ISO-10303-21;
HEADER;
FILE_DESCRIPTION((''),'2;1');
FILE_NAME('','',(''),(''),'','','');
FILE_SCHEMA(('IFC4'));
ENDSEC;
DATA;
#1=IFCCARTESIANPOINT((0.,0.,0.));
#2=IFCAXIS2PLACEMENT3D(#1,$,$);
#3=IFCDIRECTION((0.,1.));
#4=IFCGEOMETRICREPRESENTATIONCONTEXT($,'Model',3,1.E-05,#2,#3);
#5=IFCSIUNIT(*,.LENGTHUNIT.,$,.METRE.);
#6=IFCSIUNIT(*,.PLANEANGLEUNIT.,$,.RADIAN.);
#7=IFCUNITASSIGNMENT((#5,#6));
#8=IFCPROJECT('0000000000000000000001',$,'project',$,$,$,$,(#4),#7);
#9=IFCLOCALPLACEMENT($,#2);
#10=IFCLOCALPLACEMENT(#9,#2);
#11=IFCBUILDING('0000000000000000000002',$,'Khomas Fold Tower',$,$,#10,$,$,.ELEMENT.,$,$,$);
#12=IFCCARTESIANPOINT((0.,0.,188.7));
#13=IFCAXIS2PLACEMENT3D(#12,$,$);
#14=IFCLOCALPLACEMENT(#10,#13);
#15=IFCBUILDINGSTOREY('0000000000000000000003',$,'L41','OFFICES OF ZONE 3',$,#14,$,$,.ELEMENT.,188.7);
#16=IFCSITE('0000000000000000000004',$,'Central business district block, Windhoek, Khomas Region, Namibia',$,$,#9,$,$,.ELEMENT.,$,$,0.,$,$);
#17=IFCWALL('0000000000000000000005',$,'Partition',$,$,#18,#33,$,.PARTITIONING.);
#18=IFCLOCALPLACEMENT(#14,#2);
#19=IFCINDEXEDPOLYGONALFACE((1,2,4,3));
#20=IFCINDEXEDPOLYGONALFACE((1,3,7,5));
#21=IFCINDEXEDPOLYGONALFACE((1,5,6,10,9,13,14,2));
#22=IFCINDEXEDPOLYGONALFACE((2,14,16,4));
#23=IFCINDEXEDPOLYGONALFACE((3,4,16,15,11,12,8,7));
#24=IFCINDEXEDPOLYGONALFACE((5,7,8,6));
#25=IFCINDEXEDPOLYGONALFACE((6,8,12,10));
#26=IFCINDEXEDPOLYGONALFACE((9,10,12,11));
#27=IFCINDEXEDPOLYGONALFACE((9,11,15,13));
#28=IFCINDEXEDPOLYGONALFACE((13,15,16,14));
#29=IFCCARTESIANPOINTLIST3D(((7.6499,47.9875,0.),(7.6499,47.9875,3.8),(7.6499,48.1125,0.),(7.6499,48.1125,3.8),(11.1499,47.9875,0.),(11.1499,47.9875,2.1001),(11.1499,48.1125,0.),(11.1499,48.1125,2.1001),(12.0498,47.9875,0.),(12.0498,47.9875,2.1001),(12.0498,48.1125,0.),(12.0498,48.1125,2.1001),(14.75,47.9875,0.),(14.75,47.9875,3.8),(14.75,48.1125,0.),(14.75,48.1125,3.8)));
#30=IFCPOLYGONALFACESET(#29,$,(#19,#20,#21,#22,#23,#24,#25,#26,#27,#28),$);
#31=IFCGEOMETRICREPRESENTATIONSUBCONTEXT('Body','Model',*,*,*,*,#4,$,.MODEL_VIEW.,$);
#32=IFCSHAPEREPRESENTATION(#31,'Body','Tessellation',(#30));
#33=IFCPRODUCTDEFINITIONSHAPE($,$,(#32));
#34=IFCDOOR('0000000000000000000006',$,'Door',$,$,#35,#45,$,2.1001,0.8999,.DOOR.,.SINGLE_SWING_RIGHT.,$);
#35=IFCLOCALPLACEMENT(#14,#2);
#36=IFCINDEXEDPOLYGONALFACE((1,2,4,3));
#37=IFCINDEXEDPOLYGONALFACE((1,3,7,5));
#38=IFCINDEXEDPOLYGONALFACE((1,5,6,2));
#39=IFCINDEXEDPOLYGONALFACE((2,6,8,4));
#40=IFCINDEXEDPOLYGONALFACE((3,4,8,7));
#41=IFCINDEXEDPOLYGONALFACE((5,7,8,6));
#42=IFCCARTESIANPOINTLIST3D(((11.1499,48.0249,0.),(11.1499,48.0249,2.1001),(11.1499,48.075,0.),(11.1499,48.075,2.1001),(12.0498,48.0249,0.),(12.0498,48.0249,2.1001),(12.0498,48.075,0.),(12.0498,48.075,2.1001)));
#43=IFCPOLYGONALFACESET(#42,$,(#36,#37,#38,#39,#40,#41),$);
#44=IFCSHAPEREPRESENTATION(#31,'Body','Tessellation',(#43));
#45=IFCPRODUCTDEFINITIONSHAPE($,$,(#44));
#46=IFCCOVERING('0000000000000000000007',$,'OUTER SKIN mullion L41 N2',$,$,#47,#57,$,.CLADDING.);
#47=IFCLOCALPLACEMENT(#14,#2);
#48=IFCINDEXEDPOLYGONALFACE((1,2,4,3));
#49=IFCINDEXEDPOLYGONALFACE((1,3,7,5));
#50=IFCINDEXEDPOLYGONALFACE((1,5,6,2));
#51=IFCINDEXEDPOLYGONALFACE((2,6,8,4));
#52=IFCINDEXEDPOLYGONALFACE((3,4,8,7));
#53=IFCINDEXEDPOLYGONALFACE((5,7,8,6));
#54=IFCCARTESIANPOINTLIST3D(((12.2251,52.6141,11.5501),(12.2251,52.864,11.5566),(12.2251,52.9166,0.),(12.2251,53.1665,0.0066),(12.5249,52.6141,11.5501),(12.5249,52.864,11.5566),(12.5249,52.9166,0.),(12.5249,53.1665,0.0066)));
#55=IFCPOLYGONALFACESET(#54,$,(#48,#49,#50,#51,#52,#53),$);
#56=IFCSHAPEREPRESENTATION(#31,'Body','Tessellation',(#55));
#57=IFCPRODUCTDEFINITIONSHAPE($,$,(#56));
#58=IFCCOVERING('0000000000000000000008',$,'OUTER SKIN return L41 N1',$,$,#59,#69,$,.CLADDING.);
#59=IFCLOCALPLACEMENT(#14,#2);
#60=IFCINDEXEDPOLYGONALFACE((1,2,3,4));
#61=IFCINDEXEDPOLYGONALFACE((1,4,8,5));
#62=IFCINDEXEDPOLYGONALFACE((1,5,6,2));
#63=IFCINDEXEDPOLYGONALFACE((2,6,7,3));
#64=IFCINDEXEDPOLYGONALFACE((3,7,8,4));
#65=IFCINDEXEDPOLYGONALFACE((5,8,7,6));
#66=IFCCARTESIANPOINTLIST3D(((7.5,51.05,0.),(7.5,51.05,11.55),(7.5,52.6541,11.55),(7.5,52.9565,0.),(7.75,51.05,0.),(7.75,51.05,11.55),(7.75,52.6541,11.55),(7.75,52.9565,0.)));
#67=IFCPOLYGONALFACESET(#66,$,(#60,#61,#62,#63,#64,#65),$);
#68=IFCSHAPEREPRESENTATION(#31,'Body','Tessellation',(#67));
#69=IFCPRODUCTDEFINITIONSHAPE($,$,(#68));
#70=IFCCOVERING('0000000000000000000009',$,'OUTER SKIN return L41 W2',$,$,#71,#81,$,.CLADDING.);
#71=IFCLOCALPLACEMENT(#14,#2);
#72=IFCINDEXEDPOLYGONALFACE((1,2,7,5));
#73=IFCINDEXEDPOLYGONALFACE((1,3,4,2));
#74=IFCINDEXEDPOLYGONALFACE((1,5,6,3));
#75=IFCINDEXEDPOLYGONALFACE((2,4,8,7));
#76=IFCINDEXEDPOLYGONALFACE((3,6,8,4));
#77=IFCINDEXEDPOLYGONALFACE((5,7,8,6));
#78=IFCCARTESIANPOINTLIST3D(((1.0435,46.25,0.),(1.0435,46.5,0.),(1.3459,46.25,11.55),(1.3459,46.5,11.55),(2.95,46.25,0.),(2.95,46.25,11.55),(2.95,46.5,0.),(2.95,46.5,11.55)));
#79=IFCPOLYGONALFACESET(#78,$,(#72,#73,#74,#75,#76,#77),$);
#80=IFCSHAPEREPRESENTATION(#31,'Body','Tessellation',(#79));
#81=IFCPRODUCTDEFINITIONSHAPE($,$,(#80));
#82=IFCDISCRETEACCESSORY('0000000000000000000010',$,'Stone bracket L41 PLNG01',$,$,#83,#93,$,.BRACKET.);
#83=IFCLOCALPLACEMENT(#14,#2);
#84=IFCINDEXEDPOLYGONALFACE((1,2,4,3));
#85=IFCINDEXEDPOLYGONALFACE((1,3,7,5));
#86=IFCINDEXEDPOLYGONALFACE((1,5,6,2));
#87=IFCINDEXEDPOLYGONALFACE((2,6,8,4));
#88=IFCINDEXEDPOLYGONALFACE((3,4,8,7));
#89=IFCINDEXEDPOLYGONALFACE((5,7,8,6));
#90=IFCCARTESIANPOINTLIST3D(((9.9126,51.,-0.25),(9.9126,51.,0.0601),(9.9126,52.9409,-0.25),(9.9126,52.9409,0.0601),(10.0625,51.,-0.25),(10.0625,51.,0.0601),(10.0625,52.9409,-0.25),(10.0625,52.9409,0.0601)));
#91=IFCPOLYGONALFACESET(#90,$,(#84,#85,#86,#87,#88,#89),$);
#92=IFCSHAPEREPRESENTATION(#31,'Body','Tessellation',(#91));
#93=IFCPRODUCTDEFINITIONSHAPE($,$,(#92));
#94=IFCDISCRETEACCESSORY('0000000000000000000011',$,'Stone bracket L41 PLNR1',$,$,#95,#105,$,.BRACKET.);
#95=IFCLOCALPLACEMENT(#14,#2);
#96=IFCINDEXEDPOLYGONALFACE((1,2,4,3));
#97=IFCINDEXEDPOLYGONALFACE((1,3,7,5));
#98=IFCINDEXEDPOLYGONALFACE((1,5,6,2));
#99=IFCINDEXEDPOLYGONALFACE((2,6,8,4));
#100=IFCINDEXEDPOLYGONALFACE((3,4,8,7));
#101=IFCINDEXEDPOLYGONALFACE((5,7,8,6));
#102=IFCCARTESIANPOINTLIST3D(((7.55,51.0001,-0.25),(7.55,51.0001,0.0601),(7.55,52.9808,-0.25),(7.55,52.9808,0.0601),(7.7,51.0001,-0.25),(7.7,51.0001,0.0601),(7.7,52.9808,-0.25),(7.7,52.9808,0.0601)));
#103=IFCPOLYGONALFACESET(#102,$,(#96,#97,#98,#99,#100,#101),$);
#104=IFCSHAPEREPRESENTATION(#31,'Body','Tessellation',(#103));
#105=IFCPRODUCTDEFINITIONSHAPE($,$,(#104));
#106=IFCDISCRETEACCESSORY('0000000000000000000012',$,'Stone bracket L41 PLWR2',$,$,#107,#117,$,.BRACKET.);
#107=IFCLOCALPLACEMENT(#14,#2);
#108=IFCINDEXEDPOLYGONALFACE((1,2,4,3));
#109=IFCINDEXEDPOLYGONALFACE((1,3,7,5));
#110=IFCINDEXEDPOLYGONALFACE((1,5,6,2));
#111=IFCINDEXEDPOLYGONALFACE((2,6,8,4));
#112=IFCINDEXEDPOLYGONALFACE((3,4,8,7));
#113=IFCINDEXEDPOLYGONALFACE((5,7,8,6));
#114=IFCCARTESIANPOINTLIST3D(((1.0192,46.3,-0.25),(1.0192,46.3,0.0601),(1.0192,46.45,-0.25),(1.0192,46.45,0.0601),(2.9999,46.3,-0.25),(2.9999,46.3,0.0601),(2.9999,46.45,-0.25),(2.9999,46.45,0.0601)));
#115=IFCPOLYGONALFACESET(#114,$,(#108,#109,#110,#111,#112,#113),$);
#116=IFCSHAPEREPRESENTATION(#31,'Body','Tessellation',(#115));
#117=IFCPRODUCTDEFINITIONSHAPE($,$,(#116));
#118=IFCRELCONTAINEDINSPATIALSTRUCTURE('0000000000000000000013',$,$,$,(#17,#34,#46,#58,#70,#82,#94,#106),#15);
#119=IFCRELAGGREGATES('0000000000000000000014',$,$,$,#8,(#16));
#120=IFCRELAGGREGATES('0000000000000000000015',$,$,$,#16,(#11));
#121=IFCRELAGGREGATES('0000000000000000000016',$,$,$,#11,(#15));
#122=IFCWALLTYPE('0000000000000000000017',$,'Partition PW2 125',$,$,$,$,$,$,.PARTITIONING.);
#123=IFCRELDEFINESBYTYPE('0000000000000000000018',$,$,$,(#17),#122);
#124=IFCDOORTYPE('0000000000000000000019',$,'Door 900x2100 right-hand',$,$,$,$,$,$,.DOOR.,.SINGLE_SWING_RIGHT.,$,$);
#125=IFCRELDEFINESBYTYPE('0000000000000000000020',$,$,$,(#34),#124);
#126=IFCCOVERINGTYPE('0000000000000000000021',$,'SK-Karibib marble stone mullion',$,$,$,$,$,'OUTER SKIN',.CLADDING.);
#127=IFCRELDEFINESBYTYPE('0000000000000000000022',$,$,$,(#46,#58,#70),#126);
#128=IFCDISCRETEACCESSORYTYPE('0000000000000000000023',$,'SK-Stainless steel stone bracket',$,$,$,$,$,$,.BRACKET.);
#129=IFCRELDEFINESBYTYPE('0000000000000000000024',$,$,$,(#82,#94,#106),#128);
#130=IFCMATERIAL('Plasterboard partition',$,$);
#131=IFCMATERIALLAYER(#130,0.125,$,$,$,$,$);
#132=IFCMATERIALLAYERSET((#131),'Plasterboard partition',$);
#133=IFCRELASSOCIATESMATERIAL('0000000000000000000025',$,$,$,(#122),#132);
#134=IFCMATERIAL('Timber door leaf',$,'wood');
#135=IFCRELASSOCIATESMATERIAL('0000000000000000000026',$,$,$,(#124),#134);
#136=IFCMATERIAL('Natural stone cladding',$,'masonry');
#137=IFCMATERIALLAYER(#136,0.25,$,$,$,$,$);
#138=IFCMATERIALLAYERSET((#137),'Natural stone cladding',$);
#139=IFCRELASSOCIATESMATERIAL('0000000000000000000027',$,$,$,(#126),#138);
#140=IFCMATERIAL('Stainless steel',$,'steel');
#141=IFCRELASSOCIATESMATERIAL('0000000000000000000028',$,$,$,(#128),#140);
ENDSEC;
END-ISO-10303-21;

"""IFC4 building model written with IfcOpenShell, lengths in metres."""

from ifc_helpers import new_model, si_unit, direction, frame, frame_2d, origin, origin_2d, place, context, subcontext, project, spatial, polyline, rectangle, outline, extrude, source, transform, mapped, material, layer, layer_set, type_object, element, fill, save


model = new_model("IFC4")

# Units and contexts
model_context = context("Model", 3, precision=1e-05, world=origin(), true_north=direction((0.0, 1.0)))
body_context = subcontext(model_context, "Body", "Model", "MODEL_VIEW")
ifc_project = project(units=[si_unit("LENGTHUNIT", "METRE"), si_unit("PLANEANGLEUNIT", "RADIAN")], contexts=[model_context])

# Site, building, storey
site_placement = place(None, origin())
site = spatial("IfcSite", under=ifc_project, at=site_placement, Name="Central business district block, Windhoek, Khomas Region, Namibia", CompositionType="ELEMENT", RefElevation=0.0)
building_placement = place(site_placement, origin())
building = spatial("IfcBuilding", under=site, at=building_placement, Name="Khomas Fold Tower", CompositionType="ELEMENT")
storey_placement = place(building_placement, frame((0.0, 0.0, 188.7)))
storey = spatial("IfcBuildingStorey", under=building, at=storey_placement, Name="L41", Description="OFFICES OF ZONE 3", CompositionType="ELEMENT", Elevation=188.7)

# Wall, opening, door
ifc_material_1 = material(Name="Plasterboard partition")
ifc_layer_1 = layer(ifc_material_1, 0.125)
ifc_layer_set_1 = layer_set([ifc_layer_1], Name="Plasterboard partition")
wall_type = type_object("IfcWallType", Name="Partition PW2 125", PredefinedType="PARTITIONING", material=ifc_layer_set_1)
shared_shape_1 = source(origin(), body_context, "Body", "SweptSolid", [
    extrude(rectangle(XDim=7.1001, YDim=0.125, at=frame_2d((3.55, 0.0))), origin(), (0.0, 0.0, 1.0), 3.8),
])
wall_placement = place(storey_placement, frame((7.6499, 48.05, 0.0), z_axis=(0.0, 0.0, 1.0), x_axis=(1.0, 0.0, 0.0)))
wall = element("IfcWall", 1, at=wall_placement, inside=storey, type_object=wall_type, Name="Partition", PredefinedType="PARTITIONING", context=body_context, shape_type="MappedRepresentation", body=[
    mapped(shared_shape_1, transform((0.0, 0.0, 0.0))),
])
shared_shape_2 = source(origin(), body_context, "Body", "SweptSolid", [
    extrude(rectangle(XDim=0.8999, YDim=2.1001, at=frame_2d((0.45, 1.05))), frame((0.0, 0.0725, 0.0), z_axis=(0.0, -1.0, 0.0), x_axis=(1.0, 0.0, 0.0)), (0.0, 0.0, 1.0), 0.145),
])
opening_placement = place(wall_placement, frame((3.5, 0.0, 0.0)))
opening = element("IfcOpeningElement", 2, at=opening_placement, cuts=wall, PredefinedType="OPENING", context=body_context, shape_type="MappedRepresentation", body=[
    mapped(shared_shape_2, transform((0.0, 0.0, 0.0))),
])
ifc_material_2 = material(Name="Timber door leaf", Category="wood")
door_type = type_object("IfcDoorType", Name="Door 900x2100 right-hand", OperationType="SINGLE_SWING_RIGHT", PredefinedType="DOOR", material=ifc_material_2)
shared_shape_3 = source(origin(), body_context, "Body", "SweptSolid", [
    extrude(rectangle(XDim=0.8999, YDim=2.1001, at=frame_2d((0.45, 1.05))), frame((0.0, 0.0249, 0.0), z_axis=(0.0, -1.0, 0.0), x_axis=(1.0, 0.0, 0.0)), (0.0, 0.0, 1.0), 0.05),
])
door_placement = place(opening_placement, origin())
door = element("IfcDoor", 3, at=door_placement, inside=storey, type_object=door_type, Name="Door", OperationType="SINGLE_SWING_RIGHT", OverallHeight=2.1001, OverallWidth=0.8999, PredefinedType="DOOR", context=body_context, shape_type="MappedRepresentation", body=[
    mapped(shared_shape_3, transform((0.0, 0.0, 0.0))),
])
fill(opening, door)

# Coverings
ifc_material_3 = material(Name="Natural stone cladding", Category="masonry")
ifc_layer_2 = layer(ifc_material_3, 0.25)
ifc_layer_set_2 = layer_set([ifc_layer_2], Name="Natural stone cladding")
covering_type = type_object("IfcCoveringType", Name="SK-Karibib marble stone mullion", ElementType="OUTER SKIN", PredefinedType="CLADDING", material=ifc_layer_set_2)
covering_1_placement = place(storey_placement, frame((12.2251, 53.1665, 0.0066), z_axis=(0.0, 0.999657, 0.026181), x_axis=(1.0, 0.0, 0.0)))
element("IfcCovering", 4, at=covering_1_placement, inside=storey, type_object=covering_type, Name="OUTER SKIN mullion L41 N2", PredefinedType="CLADDING", context=body_context, shape_type="SweptSolid", body=[
    extrude(outline(polyline([(0.0, 0.0), (0.2998, 0.0), (0.2998, -11.554), (0.0, -11.554), (0.0, 0.0)])), origin(), (0.0, 0.0, -1.0), 0.25),
])
covering_2_placement = place(storey_placement, frame((7.5, 51.05, 11.55), z_axis=(-1.0, 0.0, 0.0), x_axis=(0.0, 1.0, 0.0)))
element("IfcCovering", 5, at=covering_2_placement, inside=storey, type_object=covering_type, Name="OUTER SKIN return L41 N1", PredefinedType="CLADDING", context=body_context, shape_type="SweptSolid", body=[
    extrude(outline(polyline([(0.0, 0.0), (1.604, 0.0), (1.9065, 11.55), (0.0, 11.55), (0.0, 0.0)])), origin(), (0.0, 0.0, -1.0), 0.25),
])
covering_3_placement = place(storey_placement, frame((2.95, 46.5, 0.0), z_axis=(0.0, 1.0, 0.0), x_axis=(-1.0, 0.0, 0.0)))
element("IfcCovering", 6, at=covering_3_placement, inside=storey, type_object=covering_type, Name="OUTER SKIN return L41 W2", PredefinedType="CLADDING", context=body_context, shape_type="SweptSolid", body=[
    extrude(outline(polyline([(0.0, 0.0), (1.9065, 0.0), (1.604, 11.55), (0.0, 11.55), (0.0, 0.0)])), origin(), (0.0, 0.0, -1.0), 0.25),
])

# Discrete accessories
ifc_material_4 = material(Name="Stainless steel", Category="steel")
discrete_accessory_type = type_object("IfcDiscreteAccessoryType", Name="SK-Stainless steel stone bracket", PredefinedType="BRACKET", material=ifc_material_4)
shared_shape_4 = source(origin(), body_context, "Body", "SweptSolid", [
    extrude(rectangle(XDim=1.9409, YDim=0.1499, at=origin_2d()), origin(), (0.0, 0.0, 1.0), 0.3101),
])
discrete_accessory_placement = place(storey_placement, frame((9.9875, 51.9705, -0.25), z_axis=(0.0, 0.0, 1.0), x_axis=(0.0, 1.0, 0.0)))
element("IfcDiscreteAccessory", 7, at=discrete_accessory_placement, inside=storey, type_object=discrete_accessory_type, Name="Stone bracket L41 PLNG01", PredefinedType="BRACKET", context=body_context, shape_type="MappedRepresentation", body=[
    mapped(shared_shape_4, transform((0.0, 0.0, 0.0))),
])
shared_shape_5 = source(origin(), body_context, "Body", "SweptSolid", [
    extrude(rectangle(XDim=1.9807, YDim=0.1499, at=origin_2d()), origin(), (0.0, 0.0, 1.0), 0.3101),
])
for number, where, z_axis, x_axis, name in (
    (8, (7.625, 51.9905, -0.25), (0.0, 0.0, 1.0), (0.0, 1.0, 0.0), "Stone bracket L41 PLNR1"),
    (9, (2.0095, 46.375, -0.25), (0.0, 0.0, 1.0), (-1.0, 0.0, 0.0), "Stone bracket L41 PLWR2"),
):
    element("IfcDiscreteAccessory", number, at=place(storey_placement, frame(where, z_axis=z_axis, x_axis=x_axis)), inside=storey, type_object=discrete_accessory_type, Name=name, PredefinedType="BRACKET", context=body_context, shape_type="MappedRepresentation", body=[
        mapped(shared_shape_5, transform((0.0, 0.0, 0.0))),
    ])

save(model, "model.ifc")
